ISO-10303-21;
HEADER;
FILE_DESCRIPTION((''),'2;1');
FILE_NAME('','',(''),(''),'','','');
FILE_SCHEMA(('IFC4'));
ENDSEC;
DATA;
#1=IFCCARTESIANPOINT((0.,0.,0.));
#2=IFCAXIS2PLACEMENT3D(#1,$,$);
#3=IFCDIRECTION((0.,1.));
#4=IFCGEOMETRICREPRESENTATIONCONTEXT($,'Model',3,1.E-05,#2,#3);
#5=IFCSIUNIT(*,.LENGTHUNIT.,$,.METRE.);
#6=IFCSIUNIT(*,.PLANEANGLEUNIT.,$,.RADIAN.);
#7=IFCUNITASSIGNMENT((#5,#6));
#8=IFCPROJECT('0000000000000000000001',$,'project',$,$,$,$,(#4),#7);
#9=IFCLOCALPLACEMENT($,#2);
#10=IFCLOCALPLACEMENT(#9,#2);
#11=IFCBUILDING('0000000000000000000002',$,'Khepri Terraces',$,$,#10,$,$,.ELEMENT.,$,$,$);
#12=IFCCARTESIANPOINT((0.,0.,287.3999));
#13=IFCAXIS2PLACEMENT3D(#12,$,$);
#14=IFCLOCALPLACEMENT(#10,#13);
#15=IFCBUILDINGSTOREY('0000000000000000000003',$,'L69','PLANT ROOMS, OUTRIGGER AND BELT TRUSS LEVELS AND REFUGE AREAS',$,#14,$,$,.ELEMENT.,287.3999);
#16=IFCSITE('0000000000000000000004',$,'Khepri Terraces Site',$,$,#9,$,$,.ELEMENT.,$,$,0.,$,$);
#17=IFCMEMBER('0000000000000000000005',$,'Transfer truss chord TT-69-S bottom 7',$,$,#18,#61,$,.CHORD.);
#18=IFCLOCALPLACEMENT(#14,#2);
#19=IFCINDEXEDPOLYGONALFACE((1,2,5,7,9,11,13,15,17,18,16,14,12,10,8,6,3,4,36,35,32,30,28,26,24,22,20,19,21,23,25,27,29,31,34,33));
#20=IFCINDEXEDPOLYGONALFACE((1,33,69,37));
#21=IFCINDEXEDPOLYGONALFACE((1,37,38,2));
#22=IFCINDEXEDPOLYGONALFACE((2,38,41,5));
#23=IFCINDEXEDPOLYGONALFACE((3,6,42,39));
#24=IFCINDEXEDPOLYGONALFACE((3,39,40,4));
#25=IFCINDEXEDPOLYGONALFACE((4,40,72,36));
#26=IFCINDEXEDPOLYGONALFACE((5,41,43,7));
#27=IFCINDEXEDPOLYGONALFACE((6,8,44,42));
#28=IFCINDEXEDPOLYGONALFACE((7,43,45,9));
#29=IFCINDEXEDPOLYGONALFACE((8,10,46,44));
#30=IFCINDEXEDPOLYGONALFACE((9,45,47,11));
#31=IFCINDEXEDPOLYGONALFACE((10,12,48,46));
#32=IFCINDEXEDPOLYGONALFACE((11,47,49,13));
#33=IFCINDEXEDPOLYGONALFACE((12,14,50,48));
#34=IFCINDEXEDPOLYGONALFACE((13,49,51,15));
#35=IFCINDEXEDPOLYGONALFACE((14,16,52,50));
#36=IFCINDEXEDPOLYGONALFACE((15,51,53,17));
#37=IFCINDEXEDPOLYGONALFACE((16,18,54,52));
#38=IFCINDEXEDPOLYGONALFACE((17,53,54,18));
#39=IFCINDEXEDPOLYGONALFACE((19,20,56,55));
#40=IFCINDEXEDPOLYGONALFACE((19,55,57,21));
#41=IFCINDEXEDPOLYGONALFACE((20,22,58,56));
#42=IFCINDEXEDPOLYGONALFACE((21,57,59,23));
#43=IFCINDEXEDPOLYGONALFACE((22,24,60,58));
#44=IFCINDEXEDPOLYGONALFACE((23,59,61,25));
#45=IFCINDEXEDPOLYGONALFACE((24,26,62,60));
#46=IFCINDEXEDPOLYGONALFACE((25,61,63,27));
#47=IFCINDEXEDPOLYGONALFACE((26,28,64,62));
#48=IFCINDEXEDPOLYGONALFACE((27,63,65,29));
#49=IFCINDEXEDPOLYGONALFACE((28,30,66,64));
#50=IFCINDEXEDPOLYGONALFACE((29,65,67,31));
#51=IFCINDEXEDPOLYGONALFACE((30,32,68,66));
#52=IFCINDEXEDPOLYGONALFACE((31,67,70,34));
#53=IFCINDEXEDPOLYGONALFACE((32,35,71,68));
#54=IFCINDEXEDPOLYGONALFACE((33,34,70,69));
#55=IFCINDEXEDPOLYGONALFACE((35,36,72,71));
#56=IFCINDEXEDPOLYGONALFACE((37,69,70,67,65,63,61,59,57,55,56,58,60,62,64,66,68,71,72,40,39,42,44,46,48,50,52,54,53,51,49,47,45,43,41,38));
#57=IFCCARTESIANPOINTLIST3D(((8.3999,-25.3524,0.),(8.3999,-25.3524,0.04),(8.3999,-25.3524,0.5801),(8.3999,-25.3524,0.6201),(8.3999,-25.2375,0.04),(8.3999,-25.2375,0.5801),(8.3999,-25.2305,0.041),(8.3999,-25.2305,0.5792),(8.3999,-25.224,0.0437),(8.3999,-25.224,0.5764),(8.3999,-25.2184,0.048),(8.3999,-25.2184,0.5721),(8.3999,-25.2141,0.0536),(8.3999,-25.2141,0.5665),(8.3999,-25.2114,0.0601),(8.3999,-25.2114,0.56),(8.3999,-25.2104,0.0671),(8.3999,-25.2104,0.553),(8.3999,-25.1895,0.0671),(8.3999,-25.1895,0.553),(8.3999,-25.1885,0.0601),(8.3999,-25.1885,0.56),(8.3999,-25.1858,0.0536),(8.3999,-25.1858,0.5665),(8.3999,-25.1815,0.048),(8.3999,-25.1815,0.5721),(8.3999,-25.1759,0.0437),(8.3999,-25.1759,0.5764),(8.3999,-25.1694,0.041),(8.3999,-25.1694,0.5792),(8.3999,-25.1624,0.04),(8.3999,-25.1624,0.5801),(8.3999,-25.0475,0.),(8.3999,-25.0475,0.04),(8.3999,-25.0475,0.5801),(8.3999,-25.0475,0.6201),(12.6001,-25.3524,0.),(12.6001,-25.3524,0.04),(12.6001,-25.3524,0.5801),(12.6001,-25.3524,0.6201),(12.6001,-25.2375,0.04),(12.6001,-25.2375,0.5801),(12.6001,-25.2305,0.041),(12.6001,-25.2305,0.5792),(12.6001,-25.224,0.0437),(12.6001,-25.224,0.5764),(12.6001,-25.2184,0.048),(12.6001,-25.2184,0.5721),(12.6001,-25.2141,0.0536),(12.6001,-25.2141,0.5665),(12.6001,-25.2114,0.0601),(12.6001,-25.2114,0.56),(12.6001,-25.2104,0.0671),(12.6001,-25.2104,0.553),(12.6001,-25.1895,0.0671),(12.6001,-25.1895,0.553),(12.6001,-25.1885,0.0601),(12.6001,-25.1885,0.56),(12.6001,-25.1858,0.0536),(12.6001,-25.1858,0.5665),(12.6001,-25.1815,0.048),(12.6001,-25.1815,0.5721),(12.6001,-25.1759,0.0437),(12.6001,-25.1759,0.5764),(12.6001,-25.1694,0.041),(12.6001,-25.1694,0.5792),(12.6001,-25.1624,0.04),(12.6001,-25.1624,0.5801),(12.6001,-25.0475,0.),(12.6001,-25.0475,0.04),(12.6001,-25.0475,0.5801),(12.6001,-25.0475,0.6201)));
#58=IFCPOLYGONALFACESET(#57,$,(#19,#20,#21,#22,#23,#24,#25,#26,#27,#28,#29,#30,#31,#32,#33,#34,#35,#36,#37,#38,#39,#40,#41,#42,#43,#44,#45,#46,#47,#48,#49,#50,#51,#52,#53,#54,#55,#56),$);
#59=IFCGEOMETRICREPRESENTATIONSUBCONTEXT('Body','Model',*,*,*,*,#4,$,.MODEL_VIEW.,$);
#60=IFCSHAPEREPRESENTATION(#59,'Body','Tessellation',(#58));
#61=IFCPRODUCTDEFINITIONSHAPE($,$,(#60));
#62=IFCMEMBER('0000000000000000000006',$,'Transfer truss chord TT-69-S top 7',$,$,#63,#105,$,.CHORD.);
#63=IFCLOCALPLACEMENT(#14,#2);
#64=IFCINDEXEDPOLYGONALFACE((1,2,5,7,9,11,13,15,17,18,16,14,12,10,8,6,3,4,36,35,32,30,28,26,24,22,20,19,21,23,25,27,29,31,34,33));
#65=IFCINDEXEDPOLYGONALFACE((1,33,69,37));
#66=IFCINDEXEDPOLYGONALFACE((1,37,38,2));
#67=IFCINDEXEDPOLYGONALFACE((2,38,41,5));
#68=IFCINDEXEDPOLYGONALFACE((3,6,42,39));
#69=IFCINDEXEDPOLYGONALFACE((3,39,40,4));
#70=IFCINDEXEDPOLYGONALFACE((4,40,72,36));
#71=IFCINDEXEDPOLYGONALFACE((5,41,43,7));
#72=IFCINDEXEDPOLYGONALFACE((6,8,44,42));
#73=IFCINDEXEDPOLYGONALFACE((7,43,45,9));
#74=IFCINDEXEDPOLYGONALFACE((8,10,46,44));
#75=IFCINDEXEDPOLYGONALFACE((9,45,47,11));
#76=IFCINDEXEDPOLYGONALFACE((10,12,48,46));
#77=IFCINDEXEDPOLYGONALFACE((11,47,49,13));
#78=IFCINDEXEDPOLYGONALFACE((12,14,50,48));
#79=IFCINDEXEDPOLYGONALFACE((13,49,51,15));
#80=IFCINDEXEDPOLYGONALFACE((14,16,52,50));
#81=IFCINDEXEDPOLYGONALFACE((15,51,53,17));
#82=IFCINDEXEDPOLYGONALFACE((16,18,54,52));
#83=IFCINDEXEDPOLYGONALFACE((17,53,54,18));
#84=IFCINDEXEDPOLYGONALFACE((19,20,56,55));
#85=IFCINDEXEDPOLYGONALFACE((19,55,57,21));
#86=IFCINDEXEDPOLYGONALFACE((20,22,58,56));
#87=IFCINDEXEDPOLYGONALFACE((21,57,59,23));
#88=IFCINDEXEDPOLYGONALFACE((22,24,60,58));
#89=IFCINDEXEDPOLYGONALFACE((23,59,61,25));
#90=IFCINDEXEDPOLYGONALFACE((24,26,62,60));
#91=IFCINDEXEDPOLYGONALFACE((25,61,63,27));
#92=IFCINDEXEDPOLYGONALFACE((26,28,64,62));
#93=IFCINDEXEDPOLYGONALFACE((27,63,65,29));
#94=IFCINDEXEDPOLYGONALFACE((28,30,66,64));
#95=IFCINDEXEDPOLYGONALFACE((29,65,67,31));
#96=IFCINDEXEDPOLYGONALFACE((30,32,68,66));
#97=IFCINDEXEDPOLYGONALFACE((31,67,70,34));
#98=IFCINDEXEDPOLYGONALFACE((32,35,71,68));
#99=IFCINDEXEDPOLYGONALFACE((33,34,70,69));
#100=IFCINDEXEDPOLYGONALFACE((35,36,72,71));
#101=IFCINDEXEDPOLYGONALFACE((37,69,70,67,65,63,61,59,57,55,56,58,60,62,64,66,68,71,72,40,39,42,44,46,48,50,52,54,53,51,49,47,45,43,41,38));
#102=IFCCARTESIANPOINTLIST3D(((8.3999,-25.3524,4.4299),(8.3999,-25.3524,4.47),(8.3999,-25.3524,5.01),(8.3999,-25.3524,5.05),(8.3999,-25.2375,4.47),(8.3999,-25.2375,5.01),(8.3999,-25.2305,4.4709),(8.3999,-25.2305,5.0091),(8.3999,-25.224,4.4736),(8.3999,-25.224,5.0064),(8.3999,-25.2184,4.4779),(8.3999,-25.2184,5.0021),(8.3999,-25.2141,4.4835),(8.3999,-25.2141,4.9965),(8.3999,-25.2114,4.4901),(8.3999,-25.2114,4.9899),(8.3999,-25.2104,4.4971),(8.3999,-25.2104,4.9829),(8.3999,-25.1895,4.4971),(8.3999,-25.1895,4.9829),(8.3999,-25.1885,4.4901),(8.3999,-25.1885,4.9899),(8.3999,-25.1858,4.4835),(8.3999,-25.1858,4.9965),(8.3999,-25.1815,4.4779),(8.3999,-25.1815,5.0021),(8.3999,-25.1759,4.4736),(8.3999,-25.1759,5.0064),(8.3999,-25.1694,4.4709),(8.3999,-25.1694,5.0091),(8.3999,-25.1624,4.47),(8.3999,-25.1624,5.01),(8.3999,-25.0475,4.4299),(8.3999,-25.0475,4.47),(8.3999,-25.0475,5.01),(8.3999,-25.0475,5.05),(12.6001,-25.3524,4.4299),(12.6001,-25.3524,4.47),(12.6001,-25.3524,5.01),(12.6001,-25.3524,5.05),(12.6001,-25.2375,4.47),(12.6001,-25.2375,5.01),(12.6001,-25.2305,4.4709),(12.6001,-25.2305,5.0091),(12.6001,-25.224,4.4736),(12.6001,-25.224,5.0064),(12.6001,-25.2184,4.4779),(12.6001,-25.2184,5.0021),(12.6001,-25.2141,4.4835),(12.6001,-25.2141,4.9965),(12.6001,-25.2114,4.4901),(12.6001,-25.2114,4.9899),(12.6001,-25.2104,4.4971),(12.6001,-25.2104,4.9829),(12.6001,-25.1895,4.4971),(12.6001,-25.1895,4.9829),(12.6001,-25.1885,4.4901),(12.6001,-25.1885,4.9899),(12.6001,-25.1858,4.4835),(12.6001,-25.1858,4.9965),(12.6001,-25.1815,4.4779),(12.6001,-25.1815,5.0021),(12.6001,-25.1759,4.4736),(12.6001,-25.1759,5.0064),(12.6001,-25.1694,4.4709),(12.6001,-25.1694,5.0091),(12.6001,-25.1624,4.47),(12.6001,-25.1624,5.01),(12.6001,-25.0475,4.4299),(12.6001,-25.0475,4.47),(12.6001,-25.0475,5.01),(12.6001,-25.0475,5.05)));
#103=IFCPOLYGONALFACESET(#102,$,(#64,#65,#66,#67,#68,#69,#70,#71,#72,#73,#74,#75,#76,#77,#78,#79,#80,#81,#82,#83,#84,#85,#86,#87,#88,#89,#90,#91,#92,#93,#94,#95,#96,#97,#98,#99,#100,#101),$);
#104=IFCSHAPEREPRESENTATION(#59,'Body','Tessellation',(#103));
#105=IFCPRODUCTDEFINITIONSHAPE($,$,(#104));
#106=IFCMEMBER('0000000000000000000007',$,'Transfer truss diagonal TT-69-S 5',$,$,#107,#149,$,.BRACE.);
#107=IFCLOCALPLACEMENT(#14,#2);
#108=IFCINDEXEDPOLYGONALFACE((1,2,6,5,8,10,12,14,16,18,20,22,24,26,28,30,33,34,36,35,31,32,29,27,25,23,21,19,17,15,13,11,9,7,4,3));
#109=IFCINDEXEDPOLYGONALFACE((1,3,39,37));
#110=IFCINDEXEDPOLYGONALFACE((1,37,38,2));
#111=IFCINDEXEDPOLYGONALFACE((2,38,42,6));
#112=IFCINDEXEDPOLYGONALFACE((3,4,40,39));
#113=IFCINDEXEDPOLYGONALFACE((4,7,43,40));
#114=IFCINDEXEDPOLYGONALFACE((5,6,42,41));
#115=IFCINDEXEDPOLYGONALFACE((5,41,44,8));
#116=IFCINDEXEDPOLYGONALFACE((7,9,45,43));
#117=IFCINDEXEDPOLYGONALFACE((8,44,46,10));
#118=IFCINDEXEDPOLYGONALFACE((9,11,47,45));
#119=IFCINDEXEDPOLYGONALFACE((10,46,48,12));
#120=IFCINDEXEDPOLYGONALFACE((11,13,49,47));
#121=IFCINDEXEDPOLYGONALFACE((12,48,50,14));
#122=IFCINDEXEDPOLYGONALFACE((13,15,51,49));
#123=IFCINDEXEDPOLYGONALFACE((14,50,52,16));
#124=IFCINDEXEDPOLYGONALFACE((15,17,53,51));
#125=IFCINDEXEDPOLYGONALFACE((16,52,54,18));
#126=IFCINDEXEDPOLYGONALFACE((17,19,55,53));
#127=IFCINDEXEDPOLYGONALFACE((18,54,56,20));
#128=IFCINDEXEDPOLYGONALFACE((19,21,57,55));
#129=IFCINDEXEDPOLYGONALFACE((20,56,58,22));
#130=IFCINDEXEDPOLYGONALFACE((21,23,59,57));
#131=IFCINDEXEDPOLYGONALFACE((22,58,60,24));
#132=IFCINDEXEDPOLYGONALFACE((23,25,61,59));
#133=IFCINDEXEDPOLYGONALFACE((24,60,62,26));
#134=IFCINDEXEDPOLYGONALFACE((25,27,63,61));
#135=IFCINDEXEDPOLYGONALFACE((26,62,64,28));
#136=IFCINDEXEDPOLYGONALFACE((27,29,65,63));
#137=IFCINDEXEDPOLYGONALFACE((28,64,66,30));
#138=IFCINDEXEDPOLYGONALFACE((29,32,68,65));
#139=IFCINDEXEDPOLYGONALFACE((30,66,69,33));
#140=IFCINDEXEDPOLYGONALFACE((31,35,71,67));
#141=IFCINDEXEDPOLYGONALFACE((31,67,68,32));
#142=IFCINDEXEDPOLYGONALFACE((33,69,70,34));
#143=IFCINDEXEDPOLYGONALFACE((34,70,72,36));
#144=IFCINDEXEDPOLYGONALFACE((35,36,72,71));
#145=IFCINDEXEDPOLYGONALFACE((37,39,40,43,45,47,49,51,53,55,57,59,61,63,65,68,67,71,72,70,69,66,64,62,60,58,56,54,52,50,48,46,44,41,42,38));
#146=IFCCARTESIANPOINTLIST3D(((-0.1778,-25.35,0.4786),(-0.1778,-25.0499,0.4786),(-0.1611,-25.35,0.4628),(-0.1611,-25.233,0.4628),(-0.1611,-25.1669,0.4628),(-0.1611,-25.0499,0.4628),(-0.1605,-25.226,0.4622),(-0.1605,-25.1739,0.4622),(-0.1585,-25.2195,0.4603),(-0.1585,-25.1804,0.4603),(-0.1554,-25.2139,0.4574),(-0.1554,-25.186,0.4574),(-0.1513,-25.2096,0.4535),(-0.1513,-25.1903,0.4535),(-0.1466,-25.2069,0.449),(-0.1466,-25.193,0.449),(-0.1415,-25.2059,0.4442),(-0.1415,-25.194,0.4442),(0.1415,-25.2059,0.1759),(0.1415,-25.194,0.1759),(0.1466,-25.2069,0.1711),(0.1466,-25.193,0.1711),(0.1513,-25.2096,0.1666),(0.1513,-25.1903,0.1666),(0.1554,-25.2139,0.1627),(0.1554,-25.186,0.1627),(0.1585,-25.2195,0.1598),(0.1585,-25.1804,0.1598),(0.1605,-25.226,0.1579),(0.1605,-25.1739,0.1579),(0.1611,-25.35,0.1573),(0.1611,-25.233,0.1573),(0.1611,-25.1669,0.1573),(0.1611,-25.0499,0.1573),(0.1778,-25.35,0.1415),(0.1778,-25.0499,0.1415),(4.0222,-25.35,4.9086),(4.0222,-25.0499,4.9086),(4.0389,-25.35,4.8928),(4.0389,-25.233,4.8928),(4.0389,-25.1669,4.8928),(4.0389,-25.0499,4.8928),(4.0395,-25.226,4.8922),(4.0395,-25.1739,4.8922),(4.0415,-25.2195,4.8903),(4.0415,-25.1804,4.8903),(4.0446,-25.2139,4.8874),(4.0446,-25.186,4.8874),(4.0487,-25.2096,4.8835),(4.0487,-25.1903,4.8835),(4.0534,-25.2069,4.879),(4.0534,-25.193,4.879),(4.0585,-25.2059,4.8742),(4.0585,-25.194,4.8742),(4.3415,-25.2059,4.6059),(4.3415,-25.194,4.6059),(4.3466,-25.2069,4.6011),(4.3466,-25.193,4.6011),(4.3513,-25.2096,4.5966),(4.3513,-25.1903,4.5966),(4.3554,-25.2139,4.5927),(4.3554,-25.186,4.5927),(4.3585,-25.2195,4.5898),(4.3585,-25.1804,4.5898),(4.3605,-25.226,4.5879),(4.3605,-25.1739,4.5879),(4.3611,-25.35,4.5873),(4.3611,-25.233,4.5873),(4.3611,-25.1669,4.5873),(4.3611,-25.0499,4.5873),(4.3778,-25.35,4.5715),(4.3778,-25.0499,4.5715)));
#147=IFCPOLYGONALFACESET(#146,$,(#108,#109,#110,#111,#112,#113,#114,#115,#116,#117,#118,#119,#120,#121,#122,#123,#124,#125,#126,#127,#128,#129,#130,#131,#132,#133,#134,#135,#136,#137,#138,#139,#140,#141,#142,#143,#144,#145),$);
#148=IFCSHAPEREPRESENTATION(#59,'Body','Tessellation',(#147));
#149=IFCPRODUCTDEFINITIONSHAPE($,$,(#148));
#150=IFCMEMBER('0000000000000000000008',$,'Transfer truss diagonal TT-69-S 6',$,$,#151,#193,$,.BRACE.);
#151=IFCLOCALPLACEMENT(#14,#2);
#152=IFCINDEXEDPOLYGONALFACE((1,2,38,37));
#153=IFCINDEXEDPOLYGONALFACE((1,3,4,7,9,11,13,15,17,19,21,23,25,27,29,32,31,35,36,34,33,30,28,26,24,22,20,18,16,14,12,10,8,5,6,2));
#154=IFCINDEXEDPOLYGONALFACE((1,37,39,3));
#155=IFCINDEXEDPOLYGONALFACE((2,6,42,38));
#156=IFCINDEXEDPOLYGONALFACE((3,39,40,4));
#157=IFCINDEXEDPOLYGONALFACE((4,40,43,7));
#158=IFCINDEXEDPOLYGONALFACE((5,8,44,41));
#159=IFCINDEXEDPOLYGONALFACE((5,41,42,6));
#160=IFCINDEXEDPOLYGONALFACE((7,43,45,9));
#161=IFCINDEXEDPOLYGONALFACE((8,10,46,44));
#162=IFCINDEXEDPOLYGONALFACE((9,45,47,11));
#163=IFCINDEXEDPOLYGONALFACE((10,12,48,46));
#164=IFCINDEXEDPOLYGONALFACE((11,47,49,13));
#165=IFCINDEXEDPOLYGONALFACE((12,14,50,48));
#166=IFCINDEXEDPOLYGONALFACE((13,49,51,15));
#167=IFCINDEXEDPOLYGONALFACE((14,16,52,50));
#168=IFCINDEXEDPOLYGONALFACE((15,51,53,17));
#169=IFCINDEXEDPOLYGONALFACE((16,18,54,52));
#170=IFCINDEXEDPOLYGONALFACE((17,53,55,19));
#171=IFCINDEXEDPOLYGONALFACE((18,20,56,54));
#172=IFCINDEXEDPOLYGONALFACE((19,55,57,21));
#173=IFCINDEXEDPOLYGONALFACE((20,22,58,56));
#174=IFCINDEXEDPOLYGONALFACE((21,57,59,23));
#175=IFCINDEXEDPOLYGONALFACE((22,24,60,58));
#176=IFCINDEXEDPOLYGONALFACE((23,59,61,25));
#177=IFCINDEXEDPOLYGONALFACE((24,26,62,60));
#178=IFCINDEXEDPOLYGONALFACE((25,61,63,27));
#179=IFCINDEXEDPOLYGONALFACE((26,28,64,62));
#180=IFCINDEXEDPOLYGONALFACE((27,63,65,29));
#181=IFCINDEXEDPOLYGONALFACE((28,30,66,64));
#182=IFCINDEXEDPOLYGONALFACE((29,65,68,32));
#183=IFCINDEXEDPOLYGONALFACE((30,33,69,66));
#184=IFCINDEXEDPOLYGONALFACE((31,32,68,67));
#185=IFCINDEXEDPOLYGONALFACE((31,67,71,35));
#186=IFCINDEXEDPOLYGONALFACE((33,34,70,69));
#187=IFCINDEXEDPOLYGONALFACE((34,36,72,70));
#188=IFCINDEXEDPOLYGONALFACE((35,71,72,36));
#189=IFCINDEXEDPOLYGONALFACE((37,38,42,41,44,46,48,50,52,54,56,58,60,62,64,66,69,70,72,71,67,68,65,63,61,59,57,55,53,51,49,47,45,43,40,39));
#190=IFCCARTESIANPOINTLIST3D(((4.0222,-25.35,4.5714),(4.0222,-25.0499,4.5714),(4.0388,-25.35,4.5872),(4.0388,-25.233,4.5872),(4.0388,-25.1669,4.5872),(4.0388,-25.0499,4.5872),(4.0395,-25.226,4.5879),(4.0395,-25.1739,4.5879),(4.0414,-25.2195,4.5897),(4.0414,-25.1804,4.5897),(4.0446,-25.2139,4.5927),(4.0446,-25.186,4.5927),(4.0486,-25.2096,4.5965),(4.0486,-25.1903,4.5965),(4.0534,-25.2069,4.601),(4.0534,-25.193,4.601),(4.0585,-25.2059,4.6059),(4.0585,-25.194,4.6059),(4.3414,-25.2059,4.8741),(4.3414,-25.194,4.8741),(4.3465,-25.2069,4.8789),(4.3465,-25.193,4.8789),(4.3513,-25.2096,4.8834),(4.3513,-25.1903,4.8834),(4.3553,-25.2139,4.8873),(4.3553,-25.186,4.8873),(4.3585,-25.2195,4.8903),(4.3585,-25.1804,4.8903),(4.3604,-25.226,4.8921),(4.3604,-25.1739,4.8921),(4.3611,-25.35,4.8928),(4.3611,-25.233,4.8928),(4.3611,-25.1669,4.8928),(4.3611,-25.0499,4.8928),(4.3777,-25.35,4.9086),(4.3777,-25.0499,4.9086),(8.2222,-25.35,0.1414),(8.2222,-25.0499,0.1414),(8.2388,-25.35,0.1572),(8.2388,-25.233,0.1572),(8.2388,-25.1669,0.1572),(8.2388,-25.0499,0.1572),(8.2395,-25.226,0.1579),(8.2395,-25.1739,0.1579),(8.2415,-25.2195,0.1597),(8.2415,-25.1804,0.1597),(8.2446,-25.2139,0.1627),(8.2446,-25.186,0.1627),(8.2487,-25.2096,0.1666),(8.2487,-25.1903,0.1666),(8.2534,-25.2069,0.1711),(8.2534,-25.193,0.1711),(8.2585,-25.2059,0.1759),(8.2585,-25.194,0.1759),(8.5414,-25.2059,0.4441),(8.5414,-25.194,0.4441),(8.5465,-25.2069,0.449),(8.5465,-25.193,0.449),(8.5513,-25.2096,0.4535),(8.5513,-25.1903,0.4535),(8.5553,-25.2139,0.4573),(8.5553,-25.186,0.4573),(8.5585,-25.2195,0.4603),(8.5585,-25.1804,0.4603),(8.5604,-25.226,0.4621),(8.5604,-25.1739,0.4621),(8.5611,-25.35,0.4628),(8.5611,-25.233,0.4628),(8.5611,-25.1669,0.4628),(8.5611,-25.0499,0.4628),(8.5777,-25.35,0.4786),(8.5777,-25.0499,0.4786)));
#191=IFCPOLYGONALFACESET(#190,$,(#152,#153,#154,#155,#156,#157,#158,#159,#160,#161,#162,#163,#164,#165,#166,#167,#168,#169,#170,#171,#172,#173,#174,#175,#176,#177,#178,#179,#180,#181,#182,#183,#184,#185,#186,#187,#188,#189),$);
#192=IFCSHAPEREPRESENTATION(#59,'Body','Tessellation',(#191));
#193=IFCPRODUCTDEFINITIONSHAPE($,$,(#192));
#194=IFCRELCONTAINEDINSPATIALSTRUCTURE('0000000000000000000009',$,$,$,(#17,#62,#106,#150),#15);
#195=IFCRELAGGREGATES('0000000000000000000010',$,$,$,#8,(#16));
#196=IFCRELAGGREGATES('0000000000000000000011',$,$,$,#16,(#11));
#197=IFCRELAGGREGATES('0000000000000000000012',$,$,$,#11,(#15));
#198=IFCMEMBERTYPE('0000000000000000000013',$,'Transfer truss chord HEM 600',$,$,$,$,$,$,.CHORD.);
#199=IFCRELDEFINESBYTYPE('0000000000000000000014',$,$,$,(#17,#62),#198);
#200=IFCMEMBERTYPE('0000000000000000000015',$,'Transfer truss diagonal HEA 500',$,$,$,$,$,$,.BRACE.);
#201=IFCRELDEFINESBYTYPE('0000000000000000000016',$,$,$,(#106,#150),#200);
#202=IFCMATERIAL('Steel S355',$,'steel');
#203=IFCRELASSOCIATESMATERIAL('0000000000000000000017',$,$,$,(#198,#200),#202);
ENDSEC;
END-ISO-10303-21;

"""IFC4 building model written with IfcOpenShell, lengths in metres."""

from ifc_helpers import new_model, si_unit, direction, frame, origin, origin_2d, place, context, subcontext, project, spatial, i_section, extrude, material, material_profile, profile_set, type_object, element, save


model = new_model("IFC4")

# Units and contexts
model_context = context("Model", 3, precision=1e-05, world=origin(), true_north=direction((0.0, 1.0)))
body_context = subcontext(model_context, "Body", "Model", "MODEL_VIEW")
ifc_project = project(units=[si_unit("LENGTHUNIT", "METRE"), si_unit("PLANEANGLEUNIT", "RADIAN")], contexts=[model_context])

# Site, building, storey
site_placement = place(None, origin())
site = spatial("IfcSite", under=ifc_project, at=site_placement, Name="Khepri Terraces Site", CompositionType="ELEMENT", RefElevation=0.0)
building_placement = place(site_placement, origin())
building = spatial("IfcBuilding", under=site, at=building_placement, Name="Khepri Terraces", CompositionType="ELEMENT")
storey_placement = place(building_placement, frame((0.0, 0.0, 287.3999)))
storey = spatial("IfcBuildingStorey", under=building, at=storey_placement, Name="L69", Description="PLANT ROOMS, OUTRIGGER AND BELT TRUSS LEVELS AND REFUGE AREAS", CompositionType="ELEMENT", Elevation=287.3999)

# Members
ifc_material_1 = material(Name="Steel S355", Category="steel")
ifc_material_profile_1 = material_profile(ifc_material_1, i_section(OverallWidth=0.3049, OverallDepth=0.6201, WebThickness=0.021, FlangeThickness=0.04, FilletRadius=0.0271, at=origin_2d()), Name="Steel S355", Category="steel")
ifc_profile_set_1 = profile_set([ifc_material_profile_1], Name="Steel S355")
member_type_1 = type_object("IfcMemberType", Name="Transfer truss chord HEM 600", PredefinedType="CHORD", material=ifc_profile_set_1)
for number, where, z_axis, x_axis, name in (
    (1, (8.3999, -25.2, 0.3101), (1.0, 0.0, 0.0), (0.0, 1.0, 0.0), "Transfer truss chord TT-69-S bottom 7"),
    (2, (8.3999, -25.2, 4.74), (1.0, 0.0, 0.0), (0.0, 1.0, 0.0), "Transfer truss chord TT-69-S top 7"),
):
    element("IfcMember", number, at=place(storey_placement, frame(where, z_axis=z_axis, x_axis=x_axis)), inside=storey, type_object=member_type_1, Name=name, PredefinedType="CHORD", context=body_context, shape_type="SweptSolid", body=[
        extrude(i_section(OverallWidth=0.3049, OverallDepth=0.6201, WebThickness=0.021, FlangeThickness=0.04, FilletRadius=0.0271, at=origin_2d()), origin(), (0.0, 0.0, 1.0), 4.2002),
    ])
ifc_material_profile_2 = material_profile(ifc_material_1, i_section(OverallWidth=0.3, OverallDepth=0.49, WebThickness=0.012, FlangeThickness=0.0229, FilletRadius=0.0271, at=origin_2d()), Name="Steel S355", Category="steel")
ifc_profile_set_2 = profile_set([ifc_material_profile_2], Name="Steel S355")
member_type_2 = type_object("IfcMemberType", Name="Transfer truss diagonal HEA 500", PredefinedType="BRACE", material=ifc_profile_set_2)
for number, where, z_axis, x_axis, name in (
    (3, (0.0, -25.2, 0.3101), (0.688019, 0.0, 0.725693), (0.0, 1.0, 0.0), "Transfer truss diagonal TT-69-S 5"),
    (4, (4.2, -25.2, 4.74), (0.688019, 0.0, -0.725693), (0.0, 1.0, 0.0), "Transfer truss diagonal TT-69-S 6"),
):
    element("IfcMember", number, at=place(storey_placement, frame(where, z_axis=z_axis, x_axis=x_axis)), inside=storey, type_object=member_type_2, Name=name, PredefinedType="BRACE", context=body_context, shape_type="SweptSolid", body=[
        extrude(i_section(OverallWidth=0.3, OverallDepth=0.49, WebThickness=0.012, FlangeThickness=0.0229, FilletRadius=0.0271, at=origin_2d()), origin(), (0.0, 0.0, 1.0), 6.1045),
    ])

save(model, "model.ifc")
